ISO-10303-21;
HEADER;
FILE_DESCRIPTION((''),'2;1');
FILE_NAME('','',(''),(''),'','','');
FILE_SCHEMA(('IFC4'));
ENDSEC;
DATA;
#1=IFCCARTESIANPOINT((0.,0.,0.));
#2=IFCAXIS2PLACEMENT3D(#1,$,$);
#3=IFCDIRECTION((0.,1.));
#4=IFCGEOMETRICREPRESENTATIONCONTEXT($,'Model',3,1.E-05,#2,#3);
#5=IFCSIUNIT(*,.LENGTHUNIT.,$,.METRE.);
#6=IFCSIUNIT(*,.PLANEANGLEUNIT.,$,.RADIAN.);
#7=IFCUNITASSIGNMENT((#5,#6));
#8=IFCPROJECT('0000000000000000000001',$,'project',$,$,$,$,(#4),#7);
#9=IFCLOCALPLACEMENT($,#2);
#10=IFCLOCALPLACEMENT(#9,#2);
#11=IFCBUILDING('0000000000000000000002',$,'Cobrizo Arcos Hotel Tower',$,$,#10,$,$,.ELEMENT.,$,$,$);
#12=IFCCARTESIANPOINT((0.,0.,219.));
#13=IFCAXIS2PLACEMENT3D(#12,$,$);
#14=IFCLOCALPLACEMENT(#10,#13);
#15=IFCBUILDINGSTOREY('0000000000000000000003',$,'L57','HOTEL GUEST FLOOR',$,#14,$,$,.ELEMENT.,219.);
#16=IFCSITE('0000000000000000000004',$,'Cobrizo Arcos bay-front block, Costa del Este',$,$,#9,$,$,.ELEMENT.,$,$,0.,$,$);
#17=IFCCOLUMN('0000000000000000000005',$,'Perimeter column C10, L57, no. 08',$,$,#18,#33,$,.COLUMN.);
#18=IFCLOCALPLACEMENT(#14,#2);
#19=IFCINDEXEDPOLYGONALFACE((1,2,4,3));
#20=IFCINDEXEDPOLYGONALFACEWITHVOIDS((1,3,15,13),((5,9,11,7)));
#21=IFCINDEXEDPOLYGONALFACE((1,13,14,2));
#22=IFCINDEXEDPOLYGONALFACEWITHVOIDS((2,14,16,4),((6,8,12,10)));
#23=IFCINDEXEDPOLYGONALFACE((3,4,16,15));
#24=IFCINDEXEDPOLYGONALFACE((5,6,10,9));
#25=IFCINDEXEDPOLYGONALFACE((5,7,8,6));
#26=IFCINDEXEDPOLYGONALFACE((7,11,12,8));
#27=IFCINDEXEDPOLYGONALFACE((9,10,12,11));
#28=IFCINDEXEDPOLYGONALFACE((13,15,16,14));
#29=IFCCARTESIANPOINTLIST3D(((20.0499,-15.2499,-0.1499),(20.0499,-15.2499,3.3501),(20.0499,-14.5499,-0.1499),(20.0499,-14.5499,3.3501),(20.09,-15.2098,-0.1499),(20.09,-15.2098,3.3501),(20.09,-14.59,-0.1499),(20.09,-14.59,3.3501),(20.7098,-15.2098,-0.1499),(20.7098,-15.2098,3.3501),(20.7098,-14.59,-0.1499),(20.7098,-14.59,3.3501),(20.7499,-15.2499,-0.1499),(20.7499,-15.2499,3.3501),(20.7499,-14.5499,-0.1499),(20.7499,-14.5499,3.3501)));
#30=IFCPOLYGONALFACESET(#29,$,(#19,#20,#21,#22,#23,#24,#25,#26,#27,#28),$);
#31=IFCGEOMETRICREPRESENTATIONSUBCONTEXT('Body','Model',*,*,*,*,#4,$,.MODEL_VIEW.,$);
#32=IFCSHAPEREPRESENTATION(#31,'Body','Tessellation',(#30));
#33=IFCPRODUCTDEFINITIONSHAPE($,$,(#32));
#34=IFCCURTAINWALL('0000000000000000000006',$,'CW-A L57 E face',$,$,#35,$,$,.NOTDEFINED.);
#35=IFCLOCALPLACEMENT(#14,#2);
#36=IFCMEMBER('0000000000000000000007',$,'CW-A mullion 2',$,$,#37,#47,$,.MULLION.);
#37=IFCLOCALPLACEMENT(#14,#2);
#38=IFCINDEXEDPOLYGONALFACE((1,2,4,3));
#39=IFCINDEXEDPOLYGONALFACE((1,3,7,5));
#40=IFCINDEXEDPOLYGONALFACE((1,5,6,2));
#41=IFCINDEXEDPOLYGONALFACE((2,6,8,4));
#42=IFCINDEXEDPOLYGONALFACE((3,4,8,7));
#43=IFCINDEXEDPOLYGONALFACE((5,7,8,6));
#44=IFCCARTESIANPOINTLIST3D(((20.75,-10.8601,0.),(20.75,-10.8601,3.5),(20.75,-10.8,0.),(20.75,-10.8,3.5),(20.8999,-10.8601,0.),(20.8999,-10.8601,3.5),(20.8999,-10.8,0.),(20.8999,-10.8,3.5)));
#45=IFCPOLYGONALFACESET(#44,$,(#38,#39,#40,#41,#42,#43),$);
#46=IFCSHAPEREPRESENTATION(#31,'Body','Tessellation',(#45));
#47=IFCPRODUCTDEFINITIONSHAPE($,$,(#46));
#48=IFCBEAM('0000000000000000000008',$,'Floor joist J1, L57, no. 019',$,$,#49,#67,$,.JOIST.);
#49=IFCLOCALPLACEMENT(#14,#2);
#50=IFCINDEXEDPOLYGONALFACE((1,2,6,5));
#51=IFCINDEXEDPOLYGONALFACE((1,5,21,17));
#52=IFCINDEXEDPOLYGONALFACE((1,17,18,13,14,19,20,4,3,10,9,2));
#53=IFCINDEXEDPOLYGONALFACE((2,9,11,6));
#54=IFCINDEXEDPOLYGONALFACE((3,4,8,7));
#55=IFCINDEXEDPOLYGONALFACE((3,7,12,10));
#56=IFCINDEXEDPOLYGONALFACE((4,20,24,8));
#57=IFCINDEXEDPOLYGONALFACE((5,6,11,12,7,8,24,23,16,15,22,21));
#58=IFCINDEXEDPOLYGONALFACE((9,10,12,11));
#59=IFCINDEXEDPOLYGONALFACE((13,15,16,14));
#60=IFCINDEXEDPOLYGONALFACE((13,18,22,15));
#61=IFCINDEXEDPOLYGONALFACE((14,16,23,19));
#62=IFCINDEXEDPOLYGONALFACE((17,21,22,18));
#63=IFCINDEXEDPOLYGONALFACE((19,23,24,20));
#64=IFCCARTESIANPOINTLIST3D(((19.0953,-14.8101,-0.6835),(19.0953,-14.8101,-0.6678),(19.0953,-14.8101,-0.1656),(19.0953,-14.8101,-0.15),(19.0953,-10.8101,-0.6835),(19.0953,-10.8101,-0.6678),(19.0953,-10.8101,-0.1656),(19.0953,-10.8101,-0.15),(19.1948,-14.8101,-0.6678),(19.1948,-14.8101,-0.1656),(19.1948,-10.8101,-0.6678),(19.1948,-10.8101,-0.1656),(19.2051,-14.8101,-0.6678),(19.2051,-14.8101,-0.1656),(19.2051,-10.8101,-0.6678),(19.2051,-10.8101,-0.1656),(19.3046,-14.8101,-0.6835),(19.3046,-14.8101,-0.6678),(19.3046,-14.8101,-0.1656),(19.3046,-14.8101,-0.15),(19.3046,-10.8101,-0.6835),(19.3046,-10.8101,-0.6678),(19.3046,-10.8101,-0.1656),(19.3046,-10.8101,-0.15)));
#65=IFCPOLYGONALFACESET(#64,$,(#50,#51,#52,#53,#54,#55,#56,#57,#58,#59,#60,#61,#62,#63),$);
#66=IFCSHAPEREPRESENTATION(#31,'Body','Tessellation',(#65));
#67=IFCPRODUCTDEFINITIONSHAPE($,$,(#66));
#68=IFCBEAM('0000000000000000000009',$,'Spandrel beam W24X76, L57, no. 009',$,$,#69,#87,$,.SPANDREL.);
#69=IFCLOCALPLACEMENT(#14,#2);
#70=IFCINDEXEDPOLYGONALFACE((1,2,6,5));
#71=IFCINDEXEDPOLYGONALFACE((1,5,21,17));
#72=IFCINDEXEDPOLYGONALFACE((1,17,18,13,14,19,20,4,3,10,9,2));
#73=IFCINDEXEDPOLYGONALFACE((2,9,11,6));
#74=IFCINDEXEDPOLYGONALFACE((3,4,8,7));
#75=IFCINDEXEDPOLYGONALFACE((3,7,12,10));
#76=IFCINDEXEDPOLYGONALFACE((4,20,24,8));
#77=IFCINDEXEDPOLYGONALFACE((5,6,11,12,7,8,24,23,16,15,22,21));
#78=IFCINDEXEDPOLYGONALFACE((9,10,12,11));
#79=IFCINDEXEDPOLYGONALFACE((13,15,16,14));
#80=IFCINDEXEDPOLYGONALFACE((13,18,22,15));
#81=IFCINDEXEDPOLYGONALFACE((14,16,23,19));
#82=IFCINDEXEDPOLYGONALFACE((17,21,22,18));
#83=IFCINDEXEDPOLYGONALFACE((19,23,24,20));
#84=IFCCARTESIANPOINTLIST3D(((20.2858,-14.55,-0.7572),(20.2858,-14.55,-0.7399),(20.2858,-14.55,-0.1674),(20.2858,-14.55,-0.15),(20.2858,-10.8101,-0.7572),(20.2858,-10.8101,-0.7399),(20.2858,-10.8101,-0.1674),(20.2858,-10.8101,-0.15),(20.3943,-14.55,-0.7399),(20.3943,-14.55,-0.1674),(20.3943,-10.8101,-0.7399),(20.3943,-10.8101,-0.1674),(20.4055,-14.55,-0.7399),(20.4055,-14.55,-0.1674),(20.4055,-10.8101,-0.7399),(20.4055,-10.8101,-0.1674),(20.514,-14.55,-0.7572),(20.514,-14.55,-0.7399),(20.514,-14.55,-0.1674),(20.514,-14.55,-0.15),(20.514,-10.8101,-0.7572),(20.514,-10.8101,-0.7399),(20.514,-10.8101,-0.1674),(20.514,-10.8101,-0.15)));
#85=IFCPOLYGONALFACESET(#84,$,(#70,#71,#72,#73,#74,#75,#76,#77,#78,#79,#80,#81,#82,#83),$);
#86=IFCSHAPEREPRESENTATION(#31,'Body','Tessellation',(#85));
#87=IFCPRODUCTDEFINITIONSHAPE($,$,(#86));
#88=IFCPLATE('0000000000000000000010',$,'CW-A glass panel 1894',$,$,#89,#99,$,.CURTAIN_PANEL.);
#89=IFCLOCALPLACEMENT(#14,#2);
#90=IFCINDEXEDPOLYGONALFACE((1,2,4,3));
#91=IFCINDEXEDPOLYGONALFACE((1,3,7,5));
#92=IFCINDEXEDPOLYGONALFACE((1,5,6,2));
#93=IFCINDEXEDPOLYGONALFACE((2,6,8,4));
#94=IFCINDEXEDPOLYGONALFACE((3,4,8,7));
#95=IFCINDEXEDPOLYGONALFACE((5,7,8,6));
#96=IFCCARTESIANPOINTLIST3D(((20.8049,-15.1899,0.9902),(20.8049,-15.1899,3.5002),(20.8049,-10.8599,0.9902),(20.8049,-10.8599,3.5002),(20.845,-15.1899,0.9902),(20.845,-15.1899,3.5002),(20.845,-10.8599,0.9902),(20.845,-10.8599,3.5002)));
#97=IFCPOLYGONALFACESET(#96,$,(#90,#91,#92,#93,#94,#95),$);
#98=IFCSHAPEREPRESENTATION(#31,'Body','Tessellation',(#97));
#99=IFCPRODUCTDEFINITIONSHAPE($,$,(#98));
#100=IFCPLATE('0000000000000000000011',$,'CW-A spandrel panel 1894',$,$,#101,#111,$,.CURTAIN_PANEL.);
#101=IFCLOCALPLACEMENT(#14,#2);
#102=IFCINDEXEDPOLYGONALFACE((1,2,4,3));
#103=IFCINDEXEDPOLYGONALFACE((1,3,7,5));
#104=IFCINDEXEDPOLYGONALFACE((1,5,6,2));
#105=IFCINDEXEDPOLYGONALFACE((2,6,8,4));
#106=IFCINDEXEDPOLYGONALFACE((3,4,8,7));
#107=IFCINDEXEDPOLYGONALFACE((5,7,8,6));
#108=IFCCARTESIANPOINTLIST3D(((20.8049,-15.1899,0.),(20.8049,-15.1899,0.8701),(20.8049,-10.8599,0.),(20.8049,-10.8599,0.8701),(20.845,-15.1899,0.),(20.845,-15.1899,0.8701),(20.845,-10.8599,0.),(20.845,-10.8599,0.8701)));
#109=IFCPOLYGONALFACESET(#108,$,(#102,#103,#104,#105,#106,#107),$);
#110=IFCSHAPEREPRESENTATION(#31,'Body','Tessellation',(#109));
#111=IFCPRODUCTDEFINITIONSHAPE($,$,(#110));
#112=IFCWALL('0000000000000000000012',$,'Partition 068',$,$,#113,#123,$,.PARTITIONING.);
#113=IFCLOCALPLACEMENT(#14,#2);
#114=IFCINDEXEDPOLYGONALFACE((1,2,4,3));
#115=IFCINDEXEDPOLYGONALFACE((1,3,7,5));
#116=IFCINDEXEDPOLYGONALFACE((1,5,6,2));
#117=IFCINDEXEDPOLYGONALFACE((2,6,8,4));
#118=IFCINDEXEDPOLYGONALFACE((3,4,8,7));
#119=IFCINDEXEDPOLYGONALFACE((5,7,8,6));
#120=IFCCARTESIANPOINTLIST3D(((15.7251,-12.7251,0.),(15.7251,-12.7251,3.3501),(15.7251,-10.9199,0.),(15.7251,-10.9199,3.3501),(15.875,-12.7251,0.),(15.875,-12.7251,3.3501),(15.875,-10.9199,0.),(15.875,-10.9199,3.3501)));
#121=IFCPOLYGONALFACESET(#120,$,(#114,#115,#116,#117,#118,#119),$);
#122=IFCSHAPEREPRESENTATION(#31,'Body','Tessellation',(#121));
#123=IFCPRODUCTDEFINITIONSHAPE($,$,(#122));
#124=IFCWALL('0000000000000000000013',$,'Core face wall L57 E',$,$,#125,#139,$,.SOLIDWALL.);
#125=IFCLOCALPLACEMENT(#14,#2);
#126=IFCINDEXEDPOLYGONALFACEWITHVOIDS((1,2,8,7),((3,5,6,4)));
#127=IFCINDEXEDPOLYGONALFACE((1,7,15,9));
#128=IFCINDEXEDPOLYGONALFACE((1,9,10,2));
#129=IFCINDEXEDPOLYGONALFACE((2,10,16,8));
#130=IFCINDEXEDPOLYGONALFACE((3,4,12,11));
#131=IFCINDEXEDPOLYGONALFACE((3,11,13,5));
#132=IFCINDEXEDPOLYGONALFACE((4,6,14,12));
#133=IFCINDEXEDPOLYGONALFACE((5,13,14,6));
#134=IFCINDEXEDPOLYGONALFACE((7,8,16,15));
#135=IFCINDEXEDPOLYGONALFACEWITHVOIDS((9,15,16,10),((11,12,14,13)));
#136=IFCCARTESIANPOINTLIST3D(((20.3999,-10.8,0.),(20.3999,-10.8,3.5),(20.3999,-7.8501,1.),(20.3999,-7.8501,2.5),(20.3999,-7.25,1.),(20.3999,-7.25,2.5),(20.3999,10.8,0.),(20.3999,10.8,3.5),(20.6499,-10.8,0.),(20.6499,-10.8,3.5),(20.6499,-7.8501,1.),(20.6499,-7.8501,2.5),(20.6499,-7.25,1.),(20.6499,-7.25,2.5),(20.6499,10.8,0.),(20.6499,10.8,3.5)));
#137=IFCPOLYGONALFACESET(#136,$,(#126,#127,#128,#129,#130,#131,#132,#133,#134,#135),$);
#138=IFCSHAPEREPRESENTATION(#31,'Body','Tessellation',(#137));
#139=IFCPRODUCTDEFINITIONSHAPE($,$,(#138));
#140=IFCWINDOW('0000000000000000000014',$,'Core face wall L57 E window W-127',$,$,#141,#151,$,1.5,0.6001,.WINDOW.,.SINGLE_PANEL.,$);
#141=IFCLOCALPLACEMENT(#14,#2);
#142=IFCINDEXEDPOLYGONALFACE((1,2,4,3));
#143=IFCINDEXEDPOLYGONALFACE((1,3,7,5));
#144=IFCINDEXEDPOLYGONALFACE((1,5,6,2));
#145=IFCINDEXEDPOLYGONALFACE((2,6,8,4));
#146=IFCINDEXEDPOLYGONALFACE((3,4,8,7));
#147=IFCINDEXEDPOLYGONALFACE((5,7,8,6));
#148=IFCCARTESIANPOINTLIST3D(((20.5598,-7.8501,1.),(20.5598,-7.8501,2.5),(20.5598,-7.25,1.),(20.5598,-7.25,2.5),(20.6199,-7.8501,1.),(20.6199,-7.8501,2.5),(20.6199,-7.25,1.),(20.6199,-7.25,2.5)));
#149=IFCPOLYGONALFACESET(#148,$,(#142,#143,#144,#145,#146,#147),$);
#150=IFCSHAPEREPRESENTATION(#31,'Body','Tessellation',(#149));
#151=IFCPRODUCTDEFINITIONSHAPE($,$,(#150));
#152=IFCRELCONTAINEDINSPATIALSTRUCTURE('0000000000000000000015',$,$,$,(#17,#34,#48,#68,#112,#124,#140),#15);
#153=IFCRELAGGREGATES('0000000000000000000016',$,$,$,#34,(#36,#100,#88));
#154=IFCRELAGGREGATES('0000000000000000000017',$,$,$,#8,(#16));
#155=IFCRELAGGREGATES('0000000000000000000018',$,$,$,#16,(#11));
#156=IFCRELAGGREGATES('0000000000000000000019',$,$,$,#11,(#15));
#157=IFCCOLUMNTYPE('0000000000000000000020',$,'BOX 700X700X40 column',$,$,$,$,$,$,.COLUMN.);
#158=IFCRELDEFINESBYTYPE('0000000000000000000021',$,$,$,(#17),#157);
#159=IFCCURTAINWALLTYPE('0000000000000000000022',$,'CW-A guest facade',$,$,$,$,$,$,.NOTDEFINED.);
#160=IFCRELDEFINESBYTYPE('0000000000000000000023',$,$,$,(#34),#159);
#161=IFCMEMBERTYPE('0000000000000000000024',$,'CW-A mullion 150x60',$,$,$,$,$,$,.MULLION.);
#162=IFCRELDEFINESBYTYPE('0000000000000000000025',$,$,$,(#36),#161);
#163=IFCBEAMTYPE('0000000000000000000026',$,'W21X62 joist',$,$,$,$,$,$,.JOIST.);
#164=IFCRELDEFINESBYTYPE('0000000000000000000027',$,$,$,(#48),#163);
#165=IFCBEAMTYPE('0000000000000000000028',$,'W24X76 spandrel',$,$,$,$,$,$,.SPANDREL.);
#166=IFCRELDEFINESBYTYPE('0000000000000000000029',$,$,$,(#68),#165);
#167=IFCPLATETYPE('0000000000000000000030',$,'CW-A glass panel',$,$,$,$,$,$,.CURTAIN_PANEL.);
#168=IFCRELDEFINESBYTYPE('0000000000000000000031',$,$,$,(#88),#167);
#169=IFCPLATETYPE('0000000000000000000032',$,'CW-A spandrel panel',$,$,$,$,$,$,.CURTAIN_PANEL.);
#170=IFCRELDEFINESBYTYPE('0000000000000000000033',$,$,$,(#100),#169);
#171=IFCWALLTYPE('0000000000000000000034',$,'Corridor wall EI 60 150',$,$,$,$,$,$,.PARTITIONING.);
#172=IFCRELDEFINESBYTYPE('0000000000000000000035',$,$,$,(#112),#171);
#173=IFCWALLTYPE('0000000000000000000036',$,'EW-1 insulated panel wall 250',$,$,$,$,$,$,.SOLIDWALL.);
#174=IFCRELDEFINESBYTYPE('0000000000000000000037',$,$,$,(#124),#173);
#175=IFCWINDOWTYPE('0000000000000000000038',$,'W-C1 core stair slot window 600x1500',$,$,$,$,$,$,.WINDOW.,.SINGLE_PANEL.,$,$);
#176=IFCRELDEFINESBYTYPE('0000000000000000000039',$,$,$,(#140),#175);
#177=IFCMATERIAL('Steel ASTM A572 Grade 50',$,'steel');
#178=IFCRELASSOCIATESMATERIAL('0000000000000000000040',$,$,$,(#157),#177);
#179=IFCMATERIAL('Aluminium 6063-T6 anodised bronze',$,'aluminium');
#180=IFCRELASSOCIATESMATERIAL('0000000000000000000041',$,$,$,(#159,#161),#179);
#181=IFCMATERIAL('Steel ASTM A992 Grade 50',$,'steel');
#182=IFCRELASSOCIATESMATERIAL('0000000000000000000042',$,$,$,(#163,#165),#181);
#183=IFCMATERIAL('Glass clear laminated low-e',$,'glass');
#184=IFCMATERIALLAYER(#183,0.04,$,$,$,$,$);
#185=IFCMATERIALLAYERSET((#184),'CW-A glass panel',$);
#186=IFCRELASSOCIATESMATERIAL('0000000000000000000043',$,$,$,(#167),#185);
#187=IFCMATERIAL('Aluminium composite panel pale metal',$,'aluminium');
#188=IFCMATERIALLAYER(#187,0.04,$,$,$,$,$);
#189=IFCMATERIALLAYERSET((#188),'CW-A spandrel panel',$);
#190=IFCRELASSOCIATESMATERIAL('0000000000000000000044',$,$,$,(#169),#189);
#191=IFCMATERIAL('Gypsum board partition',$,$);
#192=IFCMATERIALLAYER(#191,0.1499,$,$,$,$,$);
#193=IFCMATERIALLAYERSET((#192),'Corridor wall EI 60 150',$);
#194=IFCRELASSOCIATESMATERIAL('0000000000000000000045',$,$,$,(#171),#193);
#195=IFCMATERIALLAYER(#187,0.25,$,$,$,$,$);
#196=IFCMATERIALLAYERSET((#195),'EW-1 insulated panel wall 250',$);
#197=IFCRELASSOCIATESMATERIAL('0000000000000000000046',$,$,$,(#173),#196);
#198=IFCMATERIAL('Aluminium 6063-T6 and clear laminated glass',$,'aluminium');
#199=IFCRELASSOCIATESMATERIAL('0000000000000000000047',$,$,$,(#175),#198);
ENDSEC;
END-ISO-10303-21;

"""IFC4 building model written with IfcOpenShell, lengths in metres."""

from ifc_helpers import new_model, si_unit, direction, frame, frame_2d, origin, origin_2d, place, context, subcontext, project, spatial, rectangle, hollow_rectangle, i_section, extrude, material, layer, layer_set, material_profile, profile_set, type_object, element, fill, aggregate, save


model = new_model("IFC4")

# Units and contexts
model_context = context("Model", 3, precision=1e-05, world=origin(), true_north=direction((0.0, 1.0)))
body_context = subcontext(model_context, "Body", "Model", "MODEL_VIEW")
ifc_project = project(units=[si_unit("LENGTHUNIT", "METRE"), si_unit("PLANEANGLEUNIT", "RADIAN")], contexts=[model_context])

# Site, building, storey
site_placement = place(None, origin())
site = spatial("IfcSite", under=ifc_project, at=site_placement, Name="Cobrizo Arcos bay-front block, Costa del Este", CompositionType="ELEMENT", RefElevation=0.0)
building_placement = place(site_placement, origin())
building = spatial("IfcBuilding", under=site, at=building_placement, Name="Cobrizo Arcos Hotel Tower", CompositionType="ELEMENT")
storey_placement = place(building_placement, frame((0.0, 0.0, 219.0)))
storey = spatial("IfcBuildingStorey", under=building, at=storey_placement, Name="L57", Description="HOTEL GUEST FLOOR", CompositionType="ELEMENT", Elevation=219.0)

# Column
ifc_material_1 = material(Name="Steel ASTM A572 Grade 50", Category="steel")
ifc_material_profile_1 = material_profile(ifc_material_1, hollow_rectangle(XDim=0.7, YDim=0.7, WallThickness=0.04, at=origin_2d()), Name="BOX 700X700X40")
ifc_profile_set_1 = profile_set([ifc_material_profile_1], Name="Steel ASTM A572 Grade 50")
column_type = type_object("IfcColumnType", Name="BOX 700X700X40 column", PredefinedType="COLUMN", material=ifc_profile_set_1)
column_placement = place(storey_placement, frame((20.3999, -14.8999, -0.1499), z_axis=(0.0, 0.0, 1.0), x_axis=(1.0, 0.0, 0.0)))
element("IfcColumn", 1, at=column_placement, inside=storey, type_object=column_type, Name="Perimeter column C10, L57, no. 08", PredefinedType="COLUMN", context=body_context, shape_type="SweptSolid", body=[
    extrude(hollow_rectangle(XDim=0.7, YDim=0.7, WallThickness=0.04, at=origin_2d()), origin(), (0.0, 0.0, 1.0), 3.5),
])

# Curtain wall, member
ifc_material_2 = material(Name="Aluminium 6063-T6 anodised bronze", Category="aluminium")
curtain_wall_type = type_object("IfcCurtainWallType", Name="CW-A guest facade", PredefinedType="NOTDEFINED", material=ifc_material_2)
curtain_wall_placement = place(storey_placement, origin())
curtain_wall = element("IfcCurtainWall", 2, at=curtain_wall_placement, inside=storey, type_object=curtain_wall_type, Name="CW-A L57 E face", PredefinedType="NOTDEFINED")
ifc_material_profile_2 = material_profile(ifc_material_2, rectangle(XDim=0.1499, YDim=0.0601, at=origin_2d()), Name="CW-A mullion 150x60")
ifc_profile_set_2 = profile_set([ifc_material_profile_2], Name="Aluminium 6063-T6 anodised bronze")
member_type = type_object("IfcMemberType", Name="CW-A mullion 150x60", PredefinedType="MULLION", material=ifc_profile_set_2)
member_placement = place(storey_placement, frame((20.825, -10.8301, 0.0), z_axis=(0.0, 0.0, 1.0), x_axis=(1.0, 0.0, 0.0)))
member = element("IfcMember", 3, at=member_placement, type_object=member_type, Name="CW-A mullion 2", PredefinedType="MULLION", context=body_context, shape_type="SweptSolid", body=[
    extrude(rectangle(XDim=0.1499, YDim=0.0601, at=origin_2d()), origin(), (0.0, 0.0, 1.0), 3.5),
])

# Beams
ifc_material_3 = material(Name="Steel ASTM A992 Grade 50", Category="steel")
ifc_material_profile_3 = material_profile(ifc_material_3, i_section(OverallWidth=0.2092, OverallDepth=0.5334, WebThickness=0.0103, FlangeThickness=0.0156, at=origin_2d()), Name="W21X62")
ifc_profile_set_3 = profile_set([ifc_material_profile_3], Name="Steel ASTM A992 Grade 50")
beam_type_1 = type_object("IfcBeamType", Name="W21X62 joist", PredefinedType="JOIST", material=ifc_profile_set_3)
beam_1_placement = place(storey_placement, frame((19.2, -14.8101, -0.4167), z_axis=(0.0, 1.0, 0.0), x_axis=(-1.0, 0.0, 0.0)))
element("IfcBeam", 4, at=beam_1_placement, inside=storey, type_object=beam_type_1, Name="Floor joist J1, L57, no. 019", PredefinedType="JOIST", context=body_context, shape_type="SweptSolid", body=[
    extrude(i_section(OverallWidth=0.2092, OverallDepth=0.5334, WebThickness=0.0103, FlangeThickness=0.0156, at=origin_2d()), origin(), (0.0, 0.0, 1.0), 4.0),
])
ifc_material_profile_4 = material_profile(ifc_material_3, i_section(OverallWidth=0.2283, OverallDepth=0.6072, WebThickness=0.0112, FlangeThickness=0.0173, at=origin_2d()), Name="W24X76")
ifc_profile_set_4 = profile_set([ifc_material_profile_4], Name="Steel ASTM A992 Grade 50")
beam_type_2 = type_object("IfcBeamType", Name="W24X76 spandrel", PredefinedType="SPANDREL", material=ifc_profile_set_4)
beam_2_placement = place(storey_placement, frame((20.3999, -14.55, -0.4536), z_axis=(0.0, 1.0, 0.0), x_axis=(-1.0, 0.0, 0.0)))
element("IfcBeam", 5, at=beam_2_placement, inside=storey, type_object=beam_type_2, Name="Spandrel beam W24X76, L57, no. 009", PredefinedType="SPANDREL", context=body_context, shape_type="SweptSolid", body=[
    extrude(i_section(OverallWidth=0.2283, OverallDepth=0.6072, WebThickness=0.0112, FlangeThickness=0.0173, at=origin_2d()), origin(), (0.0, 0.0, 1.0), 3.74),
])

# Plates
ifc_material_4 = material(Name="Glass clear laminated low-e", Category="glass")
ifc_layer_1 = layer(ifc_material_4, 0.04)
ifc_layer_set_1 = layer_set([ifc_layer_1], Name="CW-A glass panel")
plate_type_1 = type_object("IfcPlateType", Name="CW-A glass panel", PredefinedType="CURTAIN_PANEL", material=ifc_layer_set_1)
plate_1_placement = place(storey_placement, frame((20.825, -13.0249, 0.9902), z_axis=(0.0, 0.0, 1.0), x_axis=(0.0, 1.0, 0.0)))
plate_1 = element("IfcPlate", 6, at=plate_1_placement, type_object=plate_type_1, Name="CW-A glass panel 1894", PredefinedType="CURTAIN_PANEL", context=body_context, shape_type="SweptSolid", body=[
    extrude(rectangle(XDim=4.3301, YDim=0.04, at=origin_2d()), origin(), (0.0, 0.0, 1.0), 2.51),
])
ifc_material_5 = material(Name="Aluminium composite panel pale metal", Category="aluminium")
ifc_layer_2 = layer(ifc_material_5, 0.04)
ifc_layer_set_2 = layer_set([ifc_layer_2], Name="CW-A spandrel panel")
plate_type_2 = type_object("IfcPlateType", Name="CW-A spandrel panel", PredefinedType="CURTAIN_PANEL", material=ifc_layer_set_2)
plate_2_placement = place(storey_placement, frame((20.825, -13.0249, 0.0), z_axis=(0.0, 0.0, 1.0), x_axis=(0.0, 1.0, 0.0)))
plate_2 = element("IfcPlate", 7, at=plate_2_placement, type_object=plate_type_2, Name="CW-A spandrel panel 1894", PredefinedType="CURTAIN_PANEL", context=body_context, shape_type="SweptSolid", body=[
    extrude(rectangle(XDim=4.3301, YDim=0.04, at=origin_2d()), origin(), (0.0, 0.0, 1.0), 0.8701),
])
aggregate(curtain_wall, [member, plate_2, plate_1])

# Wall
ifc_material_6 = material(Name="Gypsum board partition")
ifc_layer_3 = layer(ifc_material_6, 0.1499)
ifc_layer_set_3 = layer_set([ifc_layer_3], Name="Corridor wall EI 60 150")
wall_type_1 = type_object("IfcWallType", Name="Corridor wall EI 60 150", PredefinedType="PARTITIONING", material=ifc_layer_set_3)
wall_1_placement = place(storey_placement, frame((15.8, -12.7251, 0.0), z_axis=(0.0, 0.0, 1.0), x_axis=(0.0, 1.0, 0.0)))
element("IfcWall", 8, at=wall_1_placement, inside=storey, type_object=wall_type_1, Name="Partition 068", PredefinedType="PARTITIONING", context=body_context, shape_type="SweptSolid", body=[
    extrude(rectangle(XDim=1.8052, YDim=0.1499, at=frame_2d((0.9026, 0.0))), origin(), (0.0, 0.0, 1.0), 3.3501),
])

# Wall, opening, window
ifc_layer_4 = layer(ifc_material_5, 0.25)
ifc_layer_set_4 = layer_set([ifc_layer_4], Name="EW-1 insulated panel wall 250")
wall_type_2 = type_object("IfcWallType", Name="EW-1 insulated panel wall 250", PredefinedType="SOLIDWALL", material=ifc_layer_set_4)
wall_2_placement = place(storey_placement, frame((20.5249, -10.8, 0.0), z_axis=(0.0, 0.0, 1.0), x_axis=(0.0, 1.0, 0.0)))
wall_2 = element("IfcWall", 9, at=wall_2_placement, inside=storey, type_object=wall_type_2, Name="Core face wall L57 E", PredefinedType="SOLIDWALL", context=body_context, shape_type="SweptSolid", body=[
    extrude(rectangle(XDim=21.6001, YDim=0.25, at=frame_2d((10.8, 0.0))), origin(), (0.0, 0.0, 1.0), 3.5),
])
opening_1_placement = place(wall_2_placement, frame((2.95, 0.0, 1.0)))
opening_1 = element("IfcOpeningElement", 10, at=opening_1_placement, cuts=wall_2, PredefinedType="OPENING", context=body_context, shape_type="SweptSolid", body=[
    extrude(rectangle(XDim=0.6001, YDim=1.5, at=frame_2d((0.3, 0.75))), frame((0.0, 0.137, 0.0), z_axis=(0.0, -1.0, 0.0), x_axis=(1.0, 0.0, 0.0)), (0.0, 0.0, 1.0), 0.2739),
])
ifc_material_7 = material(Name="Aluminium 6063-T6 and clear laminated glass", Category="aluminium")
window_type = type_object("IfcWindowType", Name="W-C1 core stair slot window 600x1500", PartitioningType="SINGLE_PANEL", PredefinedType="WINDOW", material=ifc_material_7)
window_placement = place(opening_1_placement, origin())
window = element("IfcWindow", 11, at=window_placement, inside=storey, type_object=window_type, Name="Core face wall L57 E window W-127", OverallHeight=1.5, OverallWidth=0.6001, PartitioningType="SINGLE_PANEL", PredefinedType="WINDOW", context=body_context, shape_type="SweptSolid", body=[
    extrude(rectangle(XDim=0.6001, YDim=1.5, at=frame_2d((0.3, 0.75))), frame((0.0, -0.0349, 0.0), z_axis=(0.0, -1.0, 0.0), x_axis=(1.0, 0.0, 0.0)), (0.0, 0.0, 1.0), 0.0601),
])
fill(opening_1, window)

save(model, "model.ifc")
